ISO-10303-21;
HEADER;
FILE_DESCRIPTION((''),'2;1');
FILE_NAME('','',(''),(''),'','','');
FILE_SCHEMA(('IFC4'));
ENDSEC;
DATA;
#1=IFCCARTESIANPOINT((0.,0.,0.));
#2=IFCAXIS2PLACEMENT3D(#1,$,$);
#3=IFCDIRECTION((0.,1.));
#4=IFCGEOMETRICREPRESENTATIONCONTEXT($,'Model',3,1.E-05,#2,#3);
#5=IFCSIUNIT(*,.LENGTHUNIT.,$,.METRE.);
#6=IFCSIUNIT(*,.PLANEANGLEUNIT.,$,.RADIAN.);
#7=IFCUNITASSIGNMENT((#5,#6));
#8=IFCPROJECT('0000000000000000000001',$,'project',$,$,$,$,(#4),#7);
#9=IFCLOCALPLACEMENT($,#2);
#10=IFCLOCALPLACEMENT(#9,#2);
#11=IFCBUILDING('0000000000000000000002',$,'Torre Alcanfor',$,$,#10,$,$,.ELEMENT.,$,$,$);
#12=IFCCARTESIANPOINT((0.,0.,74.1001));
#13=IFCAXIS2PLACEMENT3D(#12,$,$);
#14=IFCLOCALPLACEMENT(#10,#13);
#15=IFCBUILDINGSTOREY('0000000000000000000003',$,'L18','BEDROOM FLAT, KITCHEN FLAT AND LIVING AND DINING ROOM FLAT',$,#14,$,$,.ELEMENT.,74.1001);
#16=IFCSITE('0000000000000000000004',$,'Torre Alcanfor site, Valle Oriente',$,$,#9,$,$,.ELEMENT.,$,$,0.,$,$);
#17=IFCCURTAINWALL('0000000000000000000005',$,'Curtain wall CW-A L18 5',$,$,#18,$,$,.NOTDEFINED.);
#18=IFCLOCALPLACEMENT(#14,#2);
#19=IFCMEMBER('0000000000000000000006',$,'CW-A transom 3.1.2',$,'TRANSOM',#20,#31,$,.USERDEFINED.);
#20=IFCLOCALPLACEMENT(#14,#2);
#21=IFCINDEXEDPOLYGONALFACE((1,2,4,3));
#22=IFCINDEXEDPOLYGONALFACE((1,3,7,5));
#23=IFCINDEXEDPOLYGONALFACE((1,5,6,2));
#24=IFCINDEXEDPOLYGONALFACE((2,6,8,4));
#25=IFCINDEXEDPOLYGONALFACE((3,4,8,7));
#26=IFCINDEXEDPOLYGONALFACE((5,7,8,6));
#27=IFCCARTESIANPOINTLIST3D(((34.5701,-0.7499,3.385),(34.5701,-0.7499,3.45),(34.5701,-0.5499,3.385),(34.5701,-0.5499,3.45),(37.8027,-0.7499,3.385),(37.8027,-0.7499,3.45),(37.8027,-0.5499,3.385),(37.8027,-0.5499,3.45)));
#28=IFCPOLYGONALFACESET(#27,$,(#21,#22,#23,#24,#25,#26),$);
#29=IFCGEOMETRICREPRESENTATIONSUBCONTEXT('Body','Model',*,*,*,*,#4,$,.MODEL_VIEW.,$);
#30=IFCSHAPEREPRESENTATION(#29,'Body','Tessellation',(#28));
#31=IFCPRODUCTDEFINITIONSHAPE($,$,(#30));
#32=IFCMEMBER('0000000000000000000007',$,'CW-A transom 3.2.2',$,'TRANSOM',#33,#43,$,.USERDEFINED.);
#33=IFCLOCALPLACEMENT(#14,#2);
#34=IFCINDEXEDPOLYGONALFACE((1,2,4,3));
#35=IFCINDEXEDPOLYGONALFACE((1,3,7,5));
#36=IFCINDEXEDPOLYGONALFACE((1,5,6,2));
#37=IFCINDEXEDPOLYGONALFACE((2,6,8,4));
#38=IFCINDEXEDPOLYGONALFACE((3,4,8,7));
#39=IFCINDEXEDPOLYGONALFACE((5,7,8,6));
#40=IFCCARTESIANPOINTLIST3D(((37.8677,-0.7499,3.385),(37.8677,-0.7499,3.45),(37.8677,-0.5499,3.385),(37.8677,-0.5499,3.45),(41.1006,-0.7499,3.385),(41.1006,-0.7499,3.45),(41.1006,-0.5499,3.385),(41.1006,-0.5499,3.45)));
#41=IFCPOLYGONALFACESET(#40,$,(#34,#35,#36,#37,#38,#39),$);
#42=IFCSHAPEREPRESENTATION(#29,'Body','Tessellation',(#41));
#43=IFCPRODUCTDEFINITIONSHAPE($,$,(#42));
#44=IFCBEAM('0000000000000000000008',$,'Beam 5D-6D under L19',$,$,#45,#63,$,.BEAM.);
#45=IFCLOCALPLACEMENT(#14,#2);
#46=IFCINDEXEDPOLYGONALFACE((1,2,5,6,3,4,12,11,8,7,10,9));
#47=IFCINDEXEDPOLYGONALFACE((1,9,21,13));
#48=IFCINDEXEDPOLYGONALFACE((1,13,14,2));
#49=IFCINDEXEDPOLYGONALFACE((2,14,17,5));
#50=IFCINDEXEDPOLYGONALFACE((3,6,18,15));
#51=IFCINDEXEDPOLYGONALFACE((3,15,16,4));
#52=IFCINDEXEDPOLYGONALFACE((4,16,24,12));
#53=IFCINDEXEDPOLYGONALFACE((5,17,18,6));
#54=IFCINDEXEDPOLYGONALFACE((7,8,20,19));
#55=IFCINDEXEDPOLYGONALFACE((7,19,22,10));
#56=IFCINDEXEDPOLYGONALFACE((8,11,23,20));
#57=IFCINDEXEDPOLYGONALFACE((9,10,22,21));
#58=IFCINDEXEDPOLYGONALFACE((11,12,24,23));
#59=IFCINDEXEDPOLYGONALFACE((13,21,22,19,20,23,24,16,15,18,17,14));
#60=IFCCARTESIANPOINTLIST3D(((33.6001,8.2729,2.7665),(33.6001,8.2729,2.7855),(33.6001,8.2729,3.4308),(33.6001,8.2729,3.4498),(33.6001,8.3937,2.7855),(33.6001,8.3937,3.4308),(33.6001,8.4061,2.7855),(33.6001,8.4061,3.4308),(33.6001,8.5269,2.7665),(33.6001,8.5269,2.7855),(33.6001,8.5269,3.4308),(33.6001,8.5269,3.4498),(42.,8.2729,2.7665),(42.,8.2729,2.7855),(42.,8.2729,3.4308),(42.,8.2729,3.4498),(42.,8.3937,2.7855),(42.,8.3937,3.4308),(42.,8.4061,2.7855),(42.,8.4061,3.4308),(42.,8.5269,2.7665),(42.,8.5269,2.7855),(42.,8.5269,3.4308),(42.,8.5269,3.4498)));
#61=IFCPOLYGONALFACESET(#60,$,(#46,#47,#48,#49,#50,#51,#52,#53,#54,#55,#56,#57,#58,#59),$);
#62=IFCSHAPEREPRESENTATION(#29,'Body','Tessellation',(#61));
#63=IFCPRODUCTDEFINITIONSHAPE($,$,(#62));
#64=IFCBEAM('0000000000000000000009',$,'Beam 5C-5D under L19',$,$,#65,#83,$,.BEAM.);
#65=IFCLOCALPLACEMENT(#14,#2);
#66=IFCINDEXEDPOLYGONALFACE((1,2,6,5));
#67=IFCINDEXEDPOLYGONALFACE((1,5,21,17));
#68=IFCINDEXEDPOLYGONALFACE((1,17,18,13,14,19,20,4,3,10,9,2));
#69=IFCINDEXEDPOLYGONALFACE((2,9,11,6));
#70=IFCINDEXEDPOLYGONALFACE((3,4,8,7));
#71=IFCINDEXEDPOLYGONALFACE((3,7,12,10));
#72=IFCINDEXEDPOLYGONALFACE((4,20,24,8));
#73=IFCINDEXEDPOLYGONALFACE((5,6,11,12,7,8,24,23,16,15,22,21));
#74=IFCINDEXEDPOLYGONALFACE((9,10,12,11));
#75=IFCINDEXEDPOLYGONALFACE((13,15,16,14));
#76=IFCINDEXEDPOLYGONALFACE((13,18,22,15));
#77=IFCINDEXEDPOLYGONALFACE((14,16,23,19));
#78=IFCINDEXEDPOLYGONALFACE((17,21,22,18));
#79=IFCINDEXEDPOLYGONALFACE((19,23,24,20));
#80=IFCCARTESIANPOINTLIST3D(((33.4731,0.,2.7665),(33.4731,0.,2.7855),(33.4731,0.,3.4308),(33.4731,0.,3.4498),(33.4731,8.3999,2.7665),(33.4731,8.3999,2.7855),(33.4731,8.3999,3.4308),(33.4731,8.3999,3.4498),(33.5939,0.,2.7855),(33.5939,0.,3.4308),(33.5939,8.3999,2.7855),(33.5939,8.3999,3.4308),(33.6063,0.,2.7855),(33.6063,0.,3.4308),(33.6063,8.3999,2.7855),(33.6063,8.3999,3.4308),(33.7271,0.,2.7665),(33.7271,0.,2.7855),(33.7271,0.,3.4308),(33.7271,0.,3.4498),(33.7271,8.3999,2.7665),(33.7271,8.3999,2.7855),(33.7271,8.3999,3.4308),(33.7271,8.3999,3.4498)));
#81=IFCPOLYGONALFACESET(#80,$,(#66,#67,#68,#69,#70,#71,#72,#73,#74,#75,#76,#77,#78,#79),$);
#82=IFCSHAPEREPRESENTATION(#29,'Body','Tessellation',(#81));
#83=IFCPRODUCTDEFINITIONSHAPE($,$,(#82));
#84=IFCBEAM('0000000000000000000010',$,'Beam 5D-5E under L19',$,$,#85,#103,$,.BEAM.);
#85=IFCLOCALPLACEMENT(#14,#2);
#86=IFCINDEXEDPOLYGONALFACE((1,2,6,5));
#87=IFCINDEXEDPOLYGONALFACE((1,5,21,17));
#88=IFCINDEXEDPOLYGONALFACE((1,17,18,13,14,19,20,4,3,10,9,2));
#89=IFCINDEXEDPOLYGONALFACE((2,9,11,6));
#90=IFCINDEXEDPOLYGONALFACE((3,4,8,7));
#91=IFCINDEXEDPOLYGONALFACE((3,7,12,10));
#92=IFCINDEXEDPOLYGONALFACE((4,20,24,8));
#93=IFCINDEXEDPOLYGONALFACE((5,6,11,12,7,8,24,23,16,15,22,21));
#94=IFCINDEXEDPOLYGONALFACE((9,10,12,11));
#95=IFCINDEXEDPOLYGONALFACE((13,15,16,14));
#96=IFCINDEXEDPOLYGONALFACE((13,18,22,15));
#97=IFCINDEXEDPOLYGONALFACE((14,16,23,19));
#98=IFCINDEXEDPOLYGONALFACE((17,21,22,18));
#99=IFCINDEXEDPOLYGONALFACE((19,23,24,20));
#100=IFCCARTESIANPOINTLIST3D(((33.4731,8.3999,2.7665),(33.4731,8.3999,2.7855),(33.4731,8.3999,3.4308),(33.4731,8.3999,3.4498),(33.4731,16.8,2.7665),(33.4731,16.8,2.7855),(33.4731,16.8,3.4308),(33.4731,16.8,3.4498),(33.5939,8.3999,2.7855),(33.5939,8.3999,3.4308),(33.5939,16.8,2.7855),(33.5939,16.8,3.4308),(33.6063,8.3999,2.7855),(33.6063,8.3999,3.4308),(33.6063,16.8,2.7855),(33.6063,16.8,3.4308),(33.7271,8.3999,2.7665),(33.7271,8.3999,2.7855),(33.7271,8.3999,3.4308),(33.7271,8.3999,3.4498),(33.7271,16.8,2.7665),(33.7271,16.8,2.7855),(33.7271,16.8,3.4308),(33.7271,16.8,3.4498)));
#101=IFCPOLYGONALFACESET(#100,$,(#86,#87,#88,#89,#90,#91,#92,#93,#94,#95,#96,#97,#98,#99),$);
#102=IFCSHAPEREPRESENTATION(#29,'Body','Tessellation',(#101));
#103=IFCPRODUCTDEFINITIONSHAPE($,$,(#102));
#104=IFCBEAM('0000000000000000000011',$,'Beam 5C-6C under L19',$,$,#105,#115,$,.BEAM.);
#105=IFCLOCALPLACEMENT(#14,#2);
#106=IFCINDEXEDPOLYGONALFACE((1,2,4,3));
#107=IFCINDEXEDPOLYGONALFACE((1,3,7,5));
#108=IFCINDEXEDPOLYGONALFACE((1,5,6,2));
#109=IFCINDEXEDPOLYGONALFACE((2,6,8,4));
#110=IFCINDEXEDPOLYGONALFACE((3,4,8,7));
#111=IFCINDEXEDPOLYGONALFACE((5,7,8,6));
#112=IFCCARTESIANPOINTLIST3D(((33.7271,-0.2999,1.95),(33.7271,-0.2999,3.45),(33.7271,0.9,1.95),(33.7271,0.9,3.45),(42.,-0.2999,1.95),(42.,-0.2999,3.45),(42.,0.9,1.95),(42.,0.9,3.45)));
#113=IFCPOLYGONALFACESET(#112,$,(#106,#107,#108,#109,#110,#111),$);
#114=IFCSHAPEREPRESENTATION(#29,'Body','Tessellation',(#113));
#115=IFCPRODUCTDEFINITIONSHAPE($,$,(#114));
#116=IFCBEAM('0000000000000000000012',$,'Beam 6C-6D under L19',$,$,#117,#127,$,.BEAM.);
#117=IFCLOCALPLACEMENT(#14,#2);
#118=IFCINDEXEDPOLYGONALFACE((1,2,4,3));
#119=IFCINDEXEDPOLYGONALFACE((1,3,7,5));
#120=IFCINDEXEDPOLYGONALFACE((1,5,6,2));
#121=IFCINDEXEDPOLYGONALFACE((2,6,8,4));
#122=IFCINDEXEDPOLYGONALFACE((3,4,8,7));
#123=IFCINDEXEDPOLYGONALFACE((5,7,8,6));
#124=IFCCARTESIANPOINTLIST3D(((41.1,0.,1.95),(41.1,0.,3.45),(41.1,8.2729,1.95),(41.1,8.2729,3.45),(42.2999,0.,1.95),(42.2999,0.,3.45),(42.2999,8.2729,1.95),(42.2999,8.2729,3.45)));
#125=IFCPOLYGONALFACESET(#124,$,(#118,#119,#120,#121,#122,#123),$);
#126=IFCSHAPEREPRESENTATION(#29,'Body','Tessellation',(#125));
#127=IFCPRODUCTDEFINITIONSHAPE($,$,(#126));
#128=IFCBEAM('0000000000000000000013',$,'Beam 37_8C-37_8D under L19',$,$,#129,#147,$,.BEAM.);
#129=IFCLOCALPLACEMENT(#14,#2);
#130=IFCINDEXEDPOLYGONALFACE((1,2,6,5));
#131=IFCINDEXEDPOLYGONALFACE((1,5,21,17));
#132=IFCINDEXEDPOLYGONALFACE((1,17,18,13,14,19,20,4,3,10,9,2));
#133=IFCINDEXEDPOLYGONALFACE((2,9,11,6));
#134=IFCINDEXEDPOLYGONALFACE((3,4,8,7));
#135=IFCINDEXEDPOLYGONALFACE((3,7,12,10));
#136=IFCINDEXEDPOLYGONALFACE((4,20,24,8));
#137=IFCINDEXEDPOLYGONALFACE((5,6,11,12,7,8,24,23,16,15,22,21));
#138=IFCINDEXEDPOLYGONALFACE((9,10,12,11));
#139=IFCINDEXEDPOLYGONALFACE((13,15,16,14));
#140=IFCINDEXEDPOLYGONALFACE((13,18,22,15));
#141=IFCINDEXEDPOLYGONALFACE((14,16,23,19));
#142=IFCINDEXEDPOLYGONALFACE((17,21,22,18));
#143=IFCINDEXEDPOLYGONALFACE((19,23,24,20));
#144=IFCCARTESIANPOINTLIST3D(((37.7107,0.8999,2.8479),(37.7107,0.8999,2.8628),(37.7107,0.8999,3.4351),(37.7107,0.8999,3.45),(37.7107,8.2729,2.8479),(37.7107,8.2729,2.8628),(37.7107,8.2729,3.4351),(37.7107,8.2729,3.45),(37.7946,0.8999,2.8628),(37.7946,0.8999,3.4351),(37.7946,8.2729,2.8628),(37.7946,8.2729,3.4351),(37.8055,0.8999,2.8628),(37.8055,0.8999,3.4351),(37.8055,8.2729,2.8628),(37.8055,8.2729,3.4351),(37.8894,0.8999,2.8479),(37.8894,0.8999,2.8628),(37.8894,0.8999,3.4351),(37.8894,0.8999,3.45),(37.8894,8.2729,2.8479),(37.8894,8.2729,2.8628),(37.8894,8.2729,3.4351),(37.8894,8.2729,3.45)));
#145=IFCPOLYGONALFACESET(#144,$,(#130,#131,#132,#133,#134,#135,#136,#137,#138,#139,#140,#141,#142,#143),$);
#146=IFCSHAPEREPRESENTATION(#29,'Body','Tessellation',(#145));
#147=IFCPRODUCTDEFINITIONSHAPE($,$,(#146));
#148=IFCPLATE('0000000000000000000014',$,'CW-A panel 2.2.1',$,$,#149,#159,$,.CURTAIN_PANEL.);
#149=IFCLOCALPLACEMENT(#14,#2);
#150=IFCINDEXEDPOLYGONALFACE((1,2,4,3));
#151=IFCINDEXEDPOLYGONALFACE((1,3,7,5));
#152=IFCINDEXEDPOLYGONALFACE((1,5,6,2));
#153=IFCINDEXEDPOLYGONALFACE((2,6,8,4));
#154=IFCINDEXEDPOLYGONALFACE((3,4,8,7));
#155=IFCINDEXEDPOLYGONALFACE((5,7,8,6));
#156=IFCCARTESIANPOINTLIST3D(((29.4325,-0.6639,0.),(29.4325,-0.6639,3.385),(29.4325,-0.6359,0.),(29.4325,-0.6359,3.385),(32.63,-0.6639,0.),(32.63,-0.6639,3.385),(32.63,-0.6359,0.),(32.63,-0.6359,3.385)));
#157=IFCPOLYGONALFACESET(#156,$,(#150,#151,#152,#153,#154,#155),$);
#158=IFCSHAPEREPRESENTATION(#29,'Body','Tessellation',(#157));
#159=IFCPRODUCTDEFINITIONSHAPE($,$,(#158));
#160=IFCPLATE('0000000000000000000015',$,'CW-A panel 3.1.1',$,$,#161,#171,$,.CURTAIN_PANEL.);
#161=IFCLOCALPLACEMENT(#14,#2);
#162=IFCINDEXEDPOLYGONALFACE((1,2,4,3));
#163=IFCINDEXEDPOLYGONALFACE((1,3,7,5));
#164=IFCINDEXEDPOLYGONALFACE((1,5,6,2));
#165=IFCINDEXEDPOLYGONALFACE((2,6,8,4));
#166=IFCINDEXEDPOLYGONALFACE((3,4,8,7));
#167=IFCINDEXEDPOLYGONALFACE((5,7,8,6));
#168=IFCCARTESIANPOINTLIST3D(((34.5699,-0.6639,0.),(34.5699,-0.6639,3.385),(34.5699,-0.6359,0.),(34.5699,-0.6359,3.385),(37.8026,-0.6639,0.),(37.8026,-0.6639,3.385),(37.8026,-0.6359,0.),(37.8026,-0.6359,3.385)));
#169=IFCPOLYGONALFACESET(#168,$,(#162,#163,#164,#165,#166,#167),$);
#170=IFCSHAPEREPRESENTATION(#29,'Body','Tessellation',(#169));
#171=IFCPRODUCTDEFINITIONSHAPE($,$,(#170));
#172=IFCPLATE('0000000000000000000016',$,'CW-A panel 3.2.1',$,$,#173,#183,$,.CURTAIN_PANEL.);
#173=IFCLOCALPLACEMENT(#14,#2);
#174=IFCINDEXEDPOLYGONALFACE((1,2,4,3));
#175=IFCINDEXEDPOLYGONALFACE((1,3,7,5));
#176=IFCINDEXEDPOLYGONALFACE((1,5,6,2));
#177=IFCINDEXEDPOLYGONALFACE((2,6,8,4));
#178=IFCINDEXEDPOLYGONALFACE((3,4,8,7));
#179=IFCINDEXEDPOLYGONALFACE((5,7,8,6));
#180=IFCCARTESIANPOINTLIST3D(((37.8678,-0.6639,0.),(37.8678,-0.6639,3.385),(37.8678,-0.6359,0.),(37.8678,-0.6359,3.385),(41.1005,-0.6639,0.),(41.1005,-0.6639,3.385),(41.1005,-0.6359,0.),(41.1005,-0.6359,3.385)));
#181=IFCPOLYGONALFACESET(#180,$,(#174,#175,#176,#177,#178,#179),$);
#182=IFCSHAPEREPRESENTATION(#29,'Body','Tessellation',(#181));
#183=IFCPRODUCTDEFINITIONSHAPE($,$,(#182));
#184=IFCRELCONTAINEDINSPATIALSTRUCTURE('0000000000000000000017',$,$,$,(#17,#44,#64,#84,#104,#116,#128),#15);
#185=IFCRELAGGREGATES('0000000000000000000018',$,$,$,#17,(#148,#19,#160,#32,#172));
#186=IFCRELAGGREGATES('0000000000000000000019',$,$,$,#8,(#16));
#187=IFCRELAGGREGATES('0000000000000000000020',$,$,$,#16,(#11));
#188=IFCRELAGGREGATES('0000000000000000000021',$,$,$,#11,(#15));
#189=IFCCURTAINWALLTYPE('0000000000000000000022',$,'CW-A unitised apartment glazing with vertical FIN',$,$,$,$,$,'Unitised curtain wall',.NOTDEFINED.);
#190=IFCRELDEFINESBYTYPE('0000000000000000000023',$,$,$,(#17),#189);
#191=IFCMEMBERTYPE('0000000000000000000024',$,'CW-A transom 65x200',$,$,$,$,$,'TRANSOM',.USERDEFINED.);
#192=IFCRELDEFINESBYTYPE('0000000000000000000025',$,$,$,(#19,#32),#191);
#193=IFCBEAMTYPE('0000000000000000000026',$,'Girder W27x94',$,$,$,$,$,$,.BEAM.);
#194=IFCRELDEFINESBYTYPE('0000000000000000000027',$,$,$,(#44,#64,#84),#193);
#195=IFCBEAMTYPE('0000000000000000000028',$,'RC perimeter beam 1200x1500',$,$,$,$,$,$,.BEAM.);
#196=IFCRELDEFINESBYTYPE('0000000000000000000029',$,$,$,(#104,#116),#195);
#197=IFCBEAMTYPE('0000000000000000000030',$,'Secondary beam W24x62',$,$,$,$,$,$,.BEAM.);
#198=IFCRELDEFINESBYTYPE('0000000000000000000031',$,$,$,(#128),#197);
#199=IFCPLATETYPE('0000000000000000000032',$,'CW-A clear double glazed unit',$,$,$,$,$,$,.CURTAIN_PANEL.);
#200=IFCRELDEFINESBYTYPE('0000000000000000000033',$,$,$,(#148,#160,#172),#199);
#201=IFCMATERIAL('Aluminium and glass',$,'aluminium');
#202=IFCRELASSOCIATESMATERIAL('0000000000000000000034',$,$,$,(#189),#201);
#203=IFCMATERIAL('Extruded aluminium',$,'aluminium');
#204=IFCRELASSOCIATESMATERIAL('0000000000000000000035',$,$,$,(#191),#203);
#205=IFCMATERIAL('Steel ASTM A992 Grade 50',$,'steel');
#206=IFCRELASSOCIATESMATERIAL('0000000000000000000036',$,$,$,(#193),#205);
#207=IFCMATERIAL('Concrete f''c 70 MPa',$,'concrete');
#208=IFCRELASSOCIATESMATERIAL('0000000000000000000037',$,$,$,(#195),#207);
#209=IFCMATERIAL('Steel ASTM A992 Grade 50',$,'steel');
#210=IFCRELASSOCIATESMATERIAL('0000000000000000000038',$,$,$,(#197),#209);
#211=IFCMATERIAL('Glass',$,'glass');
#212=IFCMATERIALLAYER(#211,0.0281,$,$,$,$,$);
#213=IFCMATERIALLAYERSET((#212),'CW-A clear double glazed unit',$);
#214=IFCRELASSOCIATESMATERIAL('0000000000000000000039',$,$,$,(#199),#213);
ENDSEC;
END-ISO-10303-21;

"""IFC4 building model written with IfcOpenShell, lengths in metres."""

from ifc_helpers import new_model, si_unit, direction, frame, origin, origin_2d, place, context, subcontext, project, spatial, rectangle, i_section, extrude, material, layer, layer_set, material_profile, profile_set, type_object, element, aggregate, save


model = new_model("IFC4")

# Units and contexts
model_context = context("Model", 3, precision=1e-05, world=origin(), true_north=direction((0.0, 1.0)))
body_context = subcontext(model_context, "Body", "Model", "MODEL_VIEW")
ifc_project = project(units=[si_unit("LENGTHUNIT", "METRE"), si_unit("PLANEANGLEUNIT", "RADIAN")], contexts=[model_context])

# Site, building, storey
site_placement = place(None, origin())
site = spatial("IfcSite", under=ifc_project, at=site_placement, Name="Torre Alcanfor site, Valle Oriente", CompositionType="ELEMENT", RefElevation=0.0)
building_placement = place(site_placement, origin())
building = spatial("IfcBuilding", under=site, at=building_placement, Name="Torre Alcanfor", CompositionType="ELEMENT")
storey_placement = place(building_placement, frame((0.0, 0.0, 74.1001)))
storey = spatial("IfcBuildingStorey", under=building, at=storey_placement, Name="L18", Description="BEDROOM FLAT, KITCHEN FLAT AND LIVING AND DINING ROOM FLAT", CompositionType="ELEMENT", Elevation=74.1001)

# Curtain wall, members
ifc_material_1 = material(Name="Aluminium and glass", Category="aluminium")
curtain_wall_type = type_object("IfcCurtainWallType", Name="CW-A unitised apartment glazing with vertical FIN", ElementType="Unitised curtain wall", PredefinedType="NOTDEFINED", material=ifc_material_1)
curtain_wall_placement = place(storey_placement, origin())
curtain_wall = element("IfcCurtainWall", 1, at=curtain_wall_placement, inside=storey, type_object=curtain_wall_type, Name="Curtain wall CW-A L18 5", PredefinedType="NOTDEFINED")
ifc_material_2 = material(Name="Extruded aluminium", Category="aluminium")
ifc_material_profile_1 = material_profile(ifc_material_2, rectangle(XDim=0.2, YDim=0.0649, at=origin_2d()), Name="CW-A transom 200x65")
ifc_profile_set_1 = profile_set([ifc_material_profile_1], Name="Extruded aluminium")
member_type_1 = type_object("IfcMemberType", Name="CW-A transom 65x200", ElementType="TRANSOM", PredefinedType="USERDEFINED", material=ifc_profile_set_1)
member_1_placement = place(storey_placement, frame((34.5701, -0.6499, 3.4175), z_axis=(1.0, 0.0, 0.0), x_axis=(0.0, 1.0, 0.0)))
member_1 = element("IfcMember", 2, at=member_1_placement, type_object=member_type_1, Name="CW-A transom 3.1.2", ObjectType="TRANSOM", PredefinedType="USERDEFINED", context=body_context, shape_type="SweptSolid", body=[
    extrude(rectangle(XDim=0.2, YDim=0.0649, at=origin_2d()), origin(), (0.0, 0.0, 1.0), 3.2327),
])
member_2_placement = place(storey_placement, frame((37.8677, -0.6499, 3.4175), z_axis=(1.0, 0.0, 0.0), x_axis=(0.0, 1.0, 0.0)))
member_2 = element("IfcMember", 3, at=member_2_placement, type_object=member_type_1, Name="CW-A transom 3.2.2", ObjectType="TRANSOM", PredefinedType="USERDEFINED", context=body_context, shape_type="SweptSolid", body=[
    extrude(rectangle(XDim=0.2, YDim=0.0649, at=origin_2d()), origin(), (0.0, 0.0, 1.0), 3.2329),
])

# Beams
ifc_material_3 = material(Name="Steel ASTM A992 Grade 50", Category="steel")
ifc_material_profile_2 = material_profile(ifc_material_3, i_section(OverallWidth=0.2539, OverallDepth=0.6833, WebThickness=0.0125, FlangeThickness=0.019, at=origin_2d()), Name="W27x94")
ifc_profile_set_2 = profile_set([ifc_material_profile_2], Name="Steel ASTM A992 Grade 50")
beam_type_1 = type_object("IfcBeamType", Name="Girder W27x94", PredefinedType="BEAM", material=ifc_profile_set_2)
for number, where, z_axis, x_axis, name in (
    (4, (33.6001, 8.3999, 3.1082), (1.0, 0.0, 0.0), (0.0, 1.0, 0.0), "Beam 5D-6D under L19"),
    (5, (33.6001, 0.0, 3.1082), (0.0, 1.0, 0.0), (-1.0, 0.0, 0.0), "Beam 5C-5D under L19"),
):
    element("IfcBeam", number, at=place(storey_placement, frame(where, z_axis=z_axis, x_axis=x_axis)), inside=storey, type_object=beam_type_1, Name=name, PredefinedType="BEAM", context=body_context, shape_type="SweptSolid", body=[
        extrude(i_section(OverallWidth=0.2539, OverallDepth=0.6833, WebThickness=0.0125, FlangeThickness=0.019, at=origin_2d()), origin(), (0.0, 0.0, 1.0), 8.3999),
    ])
beam_1_placement = place(storey_placement, frame((33.6001, 8.3999, 3.1082), z_axis=(0.0, 1.0, 0.0), x_axis=(-1.0, 0.0, 0.0)))
element("IfcBeam", 6, at=beam_1_placement, inside=storey, type_object=beam_type_1, Name="Beam 5D-5E under L19", PredefinedType="BEAM", context=body_context, shape_type="SweptSolid", body=[
    extrude(i_section(OverallWidth=0.2539, OverallDepth=0.6833, WebThickness=0.0125, FlangeThickness=0.019, at=origin_2d()), origin(), (0.0, 0.0, 1.0), 8.4001),
])
ifc_material_4 = material(Name="Concrete f'c 70 MPa", Category="concrete")
ifc_material_profile_3 = material_profile(ifc_material_4, rectangle(XDim=1.2, YDim=1.5, at=origin_2d()), Name="1200x1500")
ifc_profile_set_3 = profile_set([ifc_material_profile_3], Name="Concrete f'c 70 MPa")
beam_type_2 = type_object("IfcBeamType", Name="RC perimeter beam 1200x1500", PredefinedType="BEAM", material=ifc_profile_set_3)
for number, where, z_axis, x_axis, name in (
    (7, (33.7271, 0.3, 2.7), (1.0, 0.0, 0.0), (0.0, 1.0, 0.0), "Beam 5C-6C under L19"),
    (8, (41.7, 0.0, 2.7), (0.0, 1.0, 0.0), (-1.0, 0.0, 0.0), "Beam 6C-6D under L19"),
):
    element("IfcBeam", number, at=place(storey_placement, frame(where, z_axis=z_axis, x_axis=x_axis)), inside=storey, type_object=beam_type_2, Name=name, PredefinedType="BEAM", context=body_context, shape_type="SweptSolid", body=[
        extrude(rectangle(XDim=1.2, YDim=1.5, at=origin_2d()), origin(), (0.0, 0.0, 1.0), 8.2729),
    ])
ifc_material_5 = material(Name="Steel ASTM A992 Grade 50", Category="steel")
ifc_material_profile_4 = material_profile(ifc_material_5, i_section(OverallWidth=0.1787, OverallDepth=0.6021, WebThickness=0.011, FlangeThickness=0.0149, at=origin_2d()), Name="W24x62")
ifc_profile_set_4 = profile_set([ifc_material_profile_4], Name="Steel ASTM A992 Grade 50")
beam_type_3 = type_object("IfcBeamType", Name="Secondary beam W24x62", PredefinedType="BEAM", material=ifc_profile_set_4)
beam_2_placement = place(storey_placement, frame((37.8, 0.8999, 3.1489), z_axis=(0.0, 1.0, 0.0), x_axis=(-1.0, 0.0, 0.0)))
element("IfcBeam", 9, at=beam_2_placement, inside=storey, type_object=beam_type_3, Name="Beam 37_8C-37_8D under L19", PredefinedType="BEAM", context=body_context, shape_type="SweptSolid", body=[
    extrude(i_section(OverallWidth=0.1787, OverallDepth=0.6021, WebThickness=0.011, FlangeThickness=0.0149, at=origin_2d()), origin(), (0.0, 0.0, 1.0), 7.373),
])

# Plates
ifc_material_6 = material(Name="Glass", Category="glass")
ifc_layer_1 = layer(ifc_material_6, 0.0281)
ifc_layer_set_1 = layer_set([ifc_layer_1], Name="CW-A clear double glazed unit")
plate_type = type_object("IfcPlateType", Name="CW-A clear double glazed unit", PredefinedType="CURTAIN_PANEL", material=ifc_layer_set_1)
plate_1_placement = place(storey_placement, frame((31.0312, -0.6499, 0.0), z_axis=(0.0, 0.0, 1.0), x_axis=(1.0, 0.0, 0.0)))
plate_1 = element("IfcPlate", 10, at=plate_1_placement, type_object=plate_type, Name="CW-A panel 2.2.1", PredefinedType="CURTAIN_PANEL", context=body_context, shape_type="SweptSolid", body=[
    extrude(rectangle(XDim=3.1975, YDim=0.0281, at=origin_2d()), origin(), (0.0, 0.0, 1.0), 3.385),
])
plate_2_placement = place(storey_placement, frame((36.1863, -0.6499, 0.0), z_axis=(0.0, 0.0, 1.0), x_axis=(1.0, 0.0, 0.0)))
plate_2 = element("IfcPlate", 11, at=plate_2_placement, type_object=plate_type, Name="CW-A panel 3.1.1", PredefinedType="CURTAIN_PANEL", context=body_context, shape_type="SweptSolid", body=[
    extrude(rectangle(XDim=3.2327, YDim=0.0281, at=origin_2d()), origin(), (0.0, 0.0, 1.0), 3.385),
])
plate_3_placement = place(storey_placement, frame((39.4841, -0.6499, 0.0), z_axis=(0.0, 0.0, 1.0), x_axis=(1.0, 0.0, 0.0)))
plate_3 = element("IfcPlate", 12, at=plate_3_placement, type_object=plate_type, Name="CW-A panel 3.2.1", PredefinedType="CURTAIN_PANEL", context=body_context, shape_type="SweptSolid", body=[
    extrude(rectangle(XDim=3.2327, YDim=0.0281, at=origin_2d()), origin(), (0.0, 0.0, 1.0), 3.385),
])
aggregate(curtain_wall, [plate_1, member_1, plate_2, member_2, plate_3])

save(model, "model.ifc")
